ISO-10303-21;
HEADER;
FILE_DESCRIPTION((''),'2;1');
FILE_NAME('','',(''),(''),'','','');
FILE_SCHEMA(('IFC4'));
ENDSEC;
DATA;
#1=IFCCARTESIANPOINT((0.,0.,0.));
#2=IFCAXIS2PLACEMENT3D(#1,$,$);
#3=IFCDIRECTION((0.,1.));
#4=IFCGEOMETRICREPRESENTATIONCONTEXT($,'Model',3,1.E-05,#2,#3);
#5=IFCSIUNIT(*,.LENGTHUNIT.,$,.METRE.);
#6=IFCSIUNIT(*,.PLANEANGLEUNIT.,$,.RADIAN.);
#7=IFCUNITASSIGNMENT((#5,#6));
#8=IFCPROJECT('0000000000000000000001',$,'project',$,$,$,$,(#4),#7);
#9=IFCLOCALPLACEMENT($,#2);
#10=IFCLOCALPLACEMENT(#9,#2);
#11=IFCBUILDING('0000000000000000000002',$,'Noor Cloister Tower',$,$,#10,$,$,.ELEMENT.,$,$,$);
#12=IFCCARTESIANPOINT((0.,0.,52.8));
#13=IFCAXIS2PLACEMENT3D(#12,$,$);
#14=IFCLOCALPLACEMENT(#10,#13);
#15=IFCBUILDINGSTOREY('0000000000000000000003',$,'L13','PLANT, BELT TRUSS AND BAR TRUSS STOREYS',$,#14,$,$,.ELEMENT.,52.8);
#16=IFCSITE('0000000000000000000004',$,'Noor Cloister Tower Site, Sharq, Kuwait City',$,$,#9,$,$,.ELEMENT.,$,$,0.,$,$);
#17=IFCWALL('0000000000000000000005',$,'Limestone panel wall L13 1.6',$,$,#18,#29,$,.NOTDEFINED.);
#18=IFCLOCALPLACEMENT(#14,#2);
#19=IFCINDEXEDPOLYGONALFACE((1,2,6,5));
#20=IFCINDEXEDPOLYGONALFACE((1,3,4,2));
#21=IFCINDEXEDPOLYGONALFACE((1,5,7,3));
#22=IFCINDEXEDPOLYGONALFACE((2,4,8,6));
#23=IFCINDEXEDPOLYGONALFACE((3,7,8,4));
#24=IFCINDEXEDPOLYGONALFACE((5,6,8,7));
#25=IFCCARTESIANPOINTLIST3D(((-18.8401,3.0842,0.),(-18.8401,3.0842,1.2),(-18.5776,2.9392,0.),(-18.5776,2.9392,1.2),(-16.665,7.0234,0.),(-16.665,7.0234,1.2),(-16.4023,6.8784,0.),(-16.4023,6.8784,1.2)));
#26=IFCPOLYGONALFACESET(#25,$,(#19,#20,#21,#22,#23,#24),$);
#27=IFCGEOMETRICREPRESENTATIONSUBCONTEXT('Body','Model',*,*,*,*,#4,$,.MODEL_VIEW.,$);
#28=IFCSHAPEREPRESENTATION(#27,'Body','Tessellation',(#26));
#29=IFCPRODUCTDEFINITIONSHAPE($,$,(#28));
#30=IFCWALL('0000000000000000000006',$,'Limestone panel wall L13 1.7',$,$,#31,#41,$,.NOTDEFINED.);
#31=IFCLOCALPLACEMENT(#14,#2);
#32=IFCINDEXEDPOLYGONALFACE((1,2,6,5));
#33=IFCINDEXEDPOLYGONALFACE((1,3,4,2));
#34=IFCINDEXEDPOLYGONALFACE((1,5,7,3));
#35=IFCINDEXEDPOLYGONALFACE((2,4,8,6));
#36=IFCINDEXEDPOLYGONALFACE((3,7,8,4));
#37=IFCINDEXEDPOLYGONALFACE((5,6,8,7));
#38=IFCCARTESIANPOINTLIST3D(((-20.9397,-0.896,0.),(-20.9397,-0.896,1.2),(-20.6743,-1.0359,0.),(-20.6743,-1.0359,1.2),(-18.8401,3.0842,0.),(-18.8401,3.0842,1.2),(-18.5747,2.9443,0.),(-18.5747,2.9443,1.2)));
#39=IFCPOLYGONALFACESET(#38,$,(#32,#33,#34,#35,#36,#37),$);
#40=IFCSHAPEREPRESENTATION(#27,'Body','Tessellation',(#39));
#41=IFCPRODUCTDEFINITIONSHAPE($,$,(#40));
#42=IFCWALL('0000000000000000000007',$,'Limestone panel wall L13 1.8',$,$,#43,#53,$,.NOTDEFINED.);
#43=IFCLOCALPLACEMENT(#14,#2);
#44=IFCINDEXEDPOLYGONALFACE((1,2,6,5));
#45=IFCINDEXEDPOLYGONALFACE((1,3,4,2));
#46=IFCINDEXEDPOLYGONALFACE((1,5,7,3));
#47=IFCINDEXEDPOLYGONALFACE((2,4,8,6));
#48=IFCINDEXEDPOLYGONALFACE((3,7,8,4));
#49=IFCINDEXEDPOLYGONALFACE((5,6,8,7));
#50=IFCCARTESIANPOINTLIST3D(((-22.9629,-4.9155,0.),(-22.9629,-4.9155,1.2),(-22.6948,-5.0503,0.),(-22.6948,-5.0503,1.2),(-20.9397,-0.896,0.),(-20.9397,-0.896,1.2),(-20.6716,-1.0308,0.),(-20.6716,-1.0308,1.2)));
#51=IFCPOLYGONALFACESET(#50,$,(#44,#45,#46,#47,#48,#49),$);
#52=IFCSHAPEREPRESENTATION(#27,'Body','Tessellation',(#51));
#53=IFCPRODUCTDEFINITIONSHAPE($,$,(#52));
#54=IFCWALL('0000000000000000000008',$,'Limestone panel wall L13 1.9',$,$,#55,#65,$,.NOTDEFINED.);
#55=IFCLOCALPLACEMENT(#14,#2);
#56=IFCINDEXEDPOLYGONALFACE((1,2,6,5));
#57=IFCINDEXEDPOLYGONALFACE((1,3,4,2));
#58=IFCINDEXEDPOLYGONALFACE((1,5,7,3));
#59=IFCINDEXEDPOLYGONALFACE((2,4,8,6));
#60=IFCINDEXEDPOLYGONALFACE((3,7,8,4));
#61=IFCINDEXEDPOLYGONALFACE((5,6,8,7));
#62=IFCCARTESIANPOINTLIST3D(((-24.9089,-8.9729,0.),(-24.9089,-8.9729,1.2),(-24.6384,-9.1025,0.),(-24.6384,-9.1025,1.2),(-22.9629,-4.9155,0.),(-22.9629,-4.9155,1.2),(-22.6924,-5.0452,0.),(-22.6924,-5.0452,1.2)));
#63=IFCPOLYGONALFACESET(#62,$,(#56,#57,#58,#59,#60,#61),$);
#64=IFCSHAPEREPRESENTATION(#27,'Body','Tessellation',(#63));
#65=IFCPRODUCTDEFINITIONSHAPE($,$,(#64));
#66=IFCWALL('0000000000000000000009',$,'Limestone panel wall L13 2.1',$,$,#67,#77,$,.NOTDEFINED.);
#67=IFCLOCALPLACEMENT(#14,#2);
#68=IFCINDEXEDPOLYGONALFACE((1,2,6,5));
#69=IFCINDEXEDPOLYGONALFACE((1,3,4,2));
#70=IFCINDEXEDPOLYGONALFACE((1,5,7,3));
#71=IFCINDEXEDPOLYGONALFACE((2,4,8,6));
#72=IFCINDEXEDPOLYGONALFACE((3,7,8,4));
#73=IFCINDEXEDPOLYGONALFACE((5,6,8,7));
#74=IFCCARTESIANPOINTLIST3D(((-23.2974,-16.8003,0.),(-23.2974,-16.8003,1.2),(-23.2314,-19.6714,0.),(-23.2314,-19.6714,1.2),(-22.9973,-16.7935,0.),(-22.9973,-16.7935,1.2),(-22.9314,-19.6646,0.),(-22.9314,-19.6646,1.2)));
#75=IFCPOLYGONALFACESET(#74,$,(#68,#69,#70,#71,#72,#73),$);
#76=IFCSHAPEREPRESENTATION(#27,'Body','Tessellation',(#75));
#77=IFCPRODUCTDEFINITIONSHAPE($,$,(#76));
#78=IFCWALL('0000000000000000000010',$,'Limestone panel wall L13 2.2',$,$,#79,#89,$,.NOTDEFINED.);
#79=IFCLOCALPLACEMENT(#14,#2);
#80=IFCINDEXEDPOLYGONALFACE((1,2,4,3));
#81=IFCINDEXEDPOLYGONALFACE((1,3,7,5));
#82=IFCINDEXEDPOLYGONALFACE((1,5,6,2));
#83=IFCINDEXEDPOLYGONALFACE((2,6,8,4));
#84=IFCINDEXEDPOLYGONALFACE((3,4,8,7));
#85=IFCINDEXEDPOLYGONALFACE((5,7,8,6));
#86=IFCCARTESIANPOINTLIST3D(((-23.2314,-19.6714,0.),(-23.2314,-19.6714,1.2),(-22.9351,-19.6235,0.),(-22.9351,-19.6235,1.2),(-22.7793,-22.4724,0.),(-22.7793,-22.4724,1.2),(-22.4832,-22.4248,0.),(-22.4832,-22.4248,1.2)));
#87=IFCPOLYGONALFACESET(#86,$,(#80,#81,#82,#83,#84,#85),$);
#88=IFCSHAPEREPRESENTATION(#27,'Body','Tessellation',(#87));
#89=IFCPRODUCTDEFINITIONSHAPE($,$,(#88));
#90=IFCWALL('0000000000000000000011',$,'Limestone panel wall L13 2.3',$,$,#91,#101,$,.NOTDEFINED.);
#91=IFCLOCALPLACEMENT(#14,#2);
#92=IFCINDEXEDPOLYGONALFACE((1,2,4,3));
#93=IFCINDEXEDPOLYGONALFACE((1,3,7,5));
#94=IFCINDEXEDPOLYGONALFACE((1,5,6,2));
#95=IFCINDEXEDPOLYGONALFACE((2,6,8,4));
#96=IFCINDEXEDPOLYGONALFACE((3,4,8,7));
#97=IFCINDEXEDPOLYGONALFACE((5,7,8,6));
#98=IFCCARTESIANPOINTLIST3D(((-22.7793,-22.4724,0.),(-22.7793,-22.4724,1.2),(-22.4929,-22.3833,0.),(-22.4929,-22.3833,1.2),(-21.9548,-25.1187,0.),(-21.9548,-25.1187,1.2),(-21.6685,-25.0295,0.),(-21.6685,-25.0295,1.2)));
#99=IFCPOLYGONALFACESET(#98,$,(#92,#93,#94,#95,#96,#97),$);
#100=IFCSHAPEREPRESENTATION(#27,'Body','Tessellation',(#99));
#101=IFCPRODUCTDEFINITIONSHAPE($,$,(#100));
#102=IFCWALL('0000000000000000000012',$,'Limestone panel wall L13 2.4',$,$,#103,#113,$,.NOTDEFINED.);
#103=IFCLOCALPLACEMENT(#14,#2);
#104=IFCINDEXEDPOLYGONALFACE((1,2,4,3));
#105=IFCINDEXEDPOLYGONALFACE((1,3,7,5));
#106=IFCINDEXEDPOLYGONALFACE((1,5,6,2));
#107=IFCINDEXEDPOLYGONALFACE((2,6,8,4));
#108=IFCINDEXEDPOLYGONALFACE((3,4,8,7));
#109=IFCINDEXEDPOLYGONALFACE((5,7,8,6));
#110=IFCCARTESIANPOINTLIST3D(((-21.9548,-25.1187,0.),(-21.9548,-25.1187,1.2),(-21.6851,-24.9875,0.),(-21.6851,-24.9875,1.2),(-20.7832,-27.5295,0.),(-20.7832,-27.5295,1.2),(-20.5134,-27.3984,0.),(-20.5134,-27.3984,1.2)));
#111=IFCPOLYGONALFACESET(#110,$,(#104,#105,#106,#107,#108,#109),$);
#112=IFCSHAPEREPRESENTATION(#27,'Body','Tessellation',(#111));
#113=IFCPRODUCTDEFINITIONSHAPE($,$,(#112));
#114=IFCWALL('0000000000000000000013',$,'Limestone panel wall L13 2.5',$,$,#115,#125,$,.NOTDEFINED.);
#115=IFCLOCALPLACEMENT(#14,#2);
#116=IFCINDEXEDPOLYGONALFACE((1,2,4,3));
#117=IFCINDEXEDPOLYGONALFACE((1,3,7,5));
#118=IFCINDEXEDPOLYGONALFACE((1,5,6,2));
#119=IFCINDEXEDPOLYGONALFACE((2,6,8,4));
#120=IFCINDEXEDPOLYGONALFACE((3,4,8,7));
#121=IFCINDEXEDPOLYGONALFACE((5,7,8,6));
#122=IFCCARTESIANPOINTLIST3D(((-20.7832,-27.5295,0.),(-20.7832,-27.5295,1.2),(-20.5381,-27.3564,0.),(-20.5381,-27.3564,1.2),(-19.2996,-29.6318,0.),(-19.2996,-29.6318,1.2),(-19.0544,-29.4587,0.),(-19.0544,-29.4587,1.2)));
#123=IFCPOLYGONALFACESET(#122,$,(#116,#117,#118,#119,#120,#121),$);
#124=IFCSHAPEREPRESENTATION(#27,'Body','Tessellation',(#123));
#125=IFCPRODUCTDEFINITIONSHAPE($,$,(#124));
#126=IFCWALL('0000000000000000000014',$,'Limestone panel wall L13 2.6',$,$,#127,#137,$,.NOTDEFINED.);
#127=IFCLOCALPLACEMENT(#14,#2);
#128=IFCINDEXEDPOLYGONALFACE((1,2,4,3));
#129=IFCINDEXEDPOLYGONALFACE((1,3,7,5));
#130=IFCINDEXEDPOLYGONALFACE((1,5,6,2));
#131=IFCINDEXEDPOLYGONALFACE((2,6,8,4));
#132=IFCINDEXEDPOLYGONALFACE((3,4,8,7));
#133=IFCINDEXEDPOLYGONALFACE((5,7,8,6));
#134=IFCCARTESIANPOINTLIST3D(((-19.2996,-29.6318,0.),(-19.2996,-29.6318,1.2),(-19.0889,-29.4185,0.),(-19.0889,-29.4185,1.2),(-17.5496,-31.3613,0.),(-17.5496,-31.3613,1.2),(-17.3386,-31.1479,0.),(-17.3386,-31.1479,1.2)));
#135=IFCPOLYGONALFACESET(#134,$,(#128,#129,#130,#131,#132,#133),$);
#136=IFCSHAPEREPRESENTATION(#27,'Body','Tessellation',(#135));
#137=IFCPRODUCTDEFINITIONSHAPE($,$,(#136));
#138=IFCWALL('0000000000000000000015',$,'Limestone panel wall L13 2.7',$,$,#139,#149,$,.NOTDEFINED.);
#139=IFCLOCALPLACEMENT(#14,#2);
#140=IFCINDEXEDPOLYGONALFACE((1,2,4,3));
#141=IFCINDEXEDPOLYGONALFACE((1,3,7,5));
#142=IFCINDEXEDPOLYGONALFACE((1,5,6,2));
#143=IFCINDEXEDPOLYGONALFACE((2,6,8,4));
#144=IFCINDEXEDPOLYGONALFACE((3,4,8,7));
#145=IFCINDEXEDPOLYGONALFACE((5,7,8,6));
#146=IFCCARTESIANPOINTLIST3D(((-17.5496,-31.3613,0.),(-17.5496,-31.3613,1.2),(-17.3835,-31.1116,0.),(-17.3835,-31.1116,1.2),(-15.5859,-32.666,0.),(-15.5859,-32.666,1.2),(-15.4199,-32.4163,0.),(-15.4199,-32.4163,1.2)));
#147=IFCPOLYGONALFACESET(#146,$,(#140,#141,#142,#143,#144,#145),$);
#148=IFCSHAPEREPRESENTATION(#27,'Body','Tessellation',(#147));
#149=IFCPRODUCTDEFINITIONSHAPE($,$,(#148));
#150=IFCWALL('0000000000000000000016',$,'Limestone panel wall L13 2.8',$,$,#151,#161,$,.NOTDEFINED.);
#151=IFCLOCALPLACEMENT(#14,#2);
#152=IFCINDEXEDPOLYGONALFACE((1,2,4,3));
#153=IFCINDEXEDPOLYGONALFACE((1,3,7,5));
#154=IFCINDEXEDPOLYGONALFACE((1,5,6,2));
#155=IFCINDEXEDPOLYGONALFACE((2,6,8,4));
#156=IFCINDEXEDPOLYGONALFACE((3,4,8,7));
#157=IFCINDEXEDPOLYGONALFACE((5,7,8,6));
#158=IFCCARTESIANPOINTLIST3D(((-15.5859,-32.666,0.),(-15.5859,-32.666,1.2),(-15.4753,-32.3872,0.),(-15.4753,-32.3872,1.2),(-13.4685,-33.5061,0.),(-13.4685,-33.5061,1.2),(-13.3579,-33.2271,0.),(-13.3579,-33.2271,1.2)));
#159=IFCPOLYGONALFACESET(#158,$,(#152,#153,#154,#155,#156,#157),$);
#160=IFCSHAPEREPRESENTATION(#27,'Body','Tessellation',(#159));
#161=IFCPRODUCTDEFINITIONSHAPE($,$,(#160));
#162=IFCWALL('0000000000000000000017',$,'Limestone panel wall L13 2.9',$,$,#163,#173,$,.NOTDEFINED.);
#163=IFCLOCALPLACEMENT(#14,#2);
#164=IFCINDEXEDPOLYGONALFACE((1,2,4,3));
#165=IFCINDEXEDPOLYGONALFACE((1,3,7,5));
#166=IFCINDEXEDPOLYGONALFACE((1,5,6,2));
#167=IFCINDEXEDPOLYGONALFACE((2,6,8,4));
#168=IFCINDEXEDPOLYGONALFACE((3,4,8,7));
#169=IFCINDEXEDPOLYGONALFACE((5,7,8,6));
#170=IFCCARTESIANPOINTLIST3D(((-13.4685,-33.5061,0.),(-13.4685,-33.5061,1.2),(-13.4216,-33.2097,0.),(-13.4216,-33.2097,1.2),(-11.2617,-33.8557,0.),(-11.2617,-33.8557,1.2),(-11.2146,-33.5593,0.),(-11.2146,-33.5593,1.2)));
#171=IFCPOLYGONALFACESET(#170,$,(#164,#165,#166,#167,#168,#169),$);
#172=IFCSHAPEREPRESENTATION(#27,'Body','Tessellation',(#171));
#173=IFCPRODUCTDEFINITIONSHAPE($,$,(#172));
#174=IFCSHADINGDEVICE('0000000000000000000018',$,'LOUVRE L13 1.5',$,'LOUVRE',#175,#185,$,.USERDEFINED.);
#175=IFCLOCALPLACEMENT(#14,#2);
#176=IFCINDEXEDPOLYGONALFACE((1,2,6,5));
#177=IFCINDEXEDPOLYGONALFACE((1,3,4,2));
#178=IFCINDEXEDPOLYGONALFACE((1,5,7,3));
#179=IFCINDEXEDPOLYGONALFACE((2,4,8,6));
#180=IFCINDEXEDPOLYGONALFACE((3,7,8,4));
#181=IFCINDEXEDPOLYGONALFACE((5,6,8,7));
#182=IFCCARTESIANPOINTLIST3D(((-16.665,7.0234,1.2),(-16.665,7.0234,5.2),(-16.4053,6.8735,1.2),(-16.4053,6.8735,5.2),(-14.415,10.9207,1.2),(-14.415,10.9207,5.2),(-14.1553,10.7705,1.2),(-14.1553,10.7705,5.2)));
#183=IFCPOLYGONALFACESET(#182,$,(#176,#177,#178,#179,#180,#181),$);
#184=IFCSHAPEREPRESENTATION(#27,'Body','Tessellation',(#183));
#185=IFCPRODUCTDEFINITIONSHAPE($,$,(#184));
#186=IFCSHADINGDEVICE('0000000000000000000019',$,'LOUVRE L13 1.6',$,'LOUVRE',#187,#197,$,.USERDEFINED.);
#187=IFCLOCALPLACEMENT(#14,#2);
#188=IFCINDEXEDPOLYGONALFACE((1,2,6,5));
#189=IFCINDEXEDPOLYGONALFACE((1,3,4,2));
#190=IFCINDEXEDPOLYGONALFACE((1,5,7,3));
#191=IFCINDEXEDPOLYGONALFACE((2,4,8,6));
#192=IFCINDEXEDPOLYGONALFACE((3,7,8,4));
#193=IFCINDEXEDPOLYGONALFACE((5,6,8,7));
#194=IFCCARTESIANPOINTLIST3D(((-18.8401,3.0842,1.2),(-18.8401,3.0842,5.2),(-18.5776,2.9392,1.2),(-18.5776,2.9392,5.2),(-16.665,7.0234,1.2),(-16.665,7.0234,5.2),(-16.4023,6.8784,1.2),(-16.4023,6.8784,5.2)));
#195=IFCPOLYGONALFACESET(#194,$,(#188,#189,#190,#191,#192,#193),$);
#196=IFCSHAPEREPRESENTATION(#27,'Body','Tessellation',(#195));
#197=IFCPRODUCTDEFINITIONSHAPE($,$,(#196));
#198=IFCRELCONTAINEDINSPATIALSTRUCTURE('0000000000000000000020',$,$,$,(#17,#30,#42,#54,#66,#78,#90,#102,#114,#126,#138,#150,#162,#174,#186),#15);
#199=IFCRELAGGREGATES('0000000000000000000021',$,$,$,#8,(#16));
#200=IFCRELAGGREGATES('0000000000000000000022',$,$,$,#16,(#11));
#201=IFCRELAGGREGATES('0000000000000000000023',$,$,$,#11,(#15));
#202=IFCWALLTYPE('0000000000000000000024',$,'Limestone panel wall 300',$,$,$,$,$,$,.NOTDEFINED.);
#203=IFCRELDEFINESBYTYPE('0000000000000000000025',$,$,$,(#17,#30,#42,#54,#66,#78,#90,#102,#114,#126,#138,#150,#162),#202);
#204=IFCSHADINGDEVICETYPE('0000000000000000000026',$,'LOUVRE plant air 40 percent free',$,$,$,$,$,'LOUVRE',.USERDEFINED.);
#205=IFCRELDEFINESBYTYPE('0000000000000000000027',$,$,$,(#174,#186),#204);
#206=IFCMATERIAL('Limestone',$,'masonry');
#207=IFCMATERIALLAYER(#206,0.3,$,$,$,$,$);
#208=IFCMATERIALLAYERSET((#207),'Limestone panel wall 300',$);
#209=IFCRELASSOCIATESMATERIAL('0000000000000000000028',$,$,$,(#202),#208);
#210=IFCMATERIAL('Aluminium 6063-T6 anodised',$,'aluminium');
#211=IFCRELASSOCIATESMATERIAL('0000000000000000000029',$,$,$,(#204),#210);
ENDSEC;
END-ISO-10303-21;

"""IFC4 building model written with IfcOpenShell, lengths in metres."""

from ifc_helpers import new_model, si_unit, direction, frame, origin, place, context, subcontext, project, spatial, polyline, outline, extrude, material, layer, layer_set, type_object, element, save


model = new_model("IFC4")

# Units and contexts
model_context = context("Model", 3, precision=1e-05, world=origin(), true_north=direction((0.0, 1.0)))
body_context = subcontext(model_context, "Body", "Model", "MODEL_VIEW")
ifc_project = project(units=[si_unit("LENGTHUNIT", "METRE"), si_unit("PLANEANGLEUNIT", "RADIAN")], contexts=[model_context])

# Site, building, storey
site_placement = place(None, origin())
site = spatial("IfcSite", under=ifc_project, at=site_placement, Name="Noor Cloister Tower Site, Sharq, Kuwait City", CompositionType="ELEMENT", RefElevation=0.0)
building_placement = place(site_placement, origin())
building = spatial("IfcBuilding", under=site, at=building_placement, Name="Noor Cloister Tower", CompositionType="ELEMENT")
storey_placement = place(building_placement, frame((0.0, 0.0, 52.8)))
storey = spatial("IfcBuildingStorey", under=building, at=storey_placement, Name="L13", Description="PLANT, BELT TRUSS AND BAR TRUSS STOREYS", CompositionType="ELEMENT", Elevation=52.8)

# Walls
ifc_material_1 = material(Name="Limestone", Category="masonry")
ifc_layer = layer(ifc_material_1, 0.3)
ifc_layer_set = layer_set([ifc_layer], Name="Limestone panel wall 300")
wall_type = type_object("IfcWallType", Name="Limestone panel wall 300", PredefinedType="NOTDEFINED", material=ifc_layer_set)
wall_1_placement = place(storey_placement, origin())
element("IfcWall", 1, at=wall_1_placement, inside=storey, type_object=wall_type, Name="Limestone panel wall L13 1.6", PredefinedType="NOTDEFINED", context=body_context, shape_type="SweptSolid", body=[
    extrude(outline(polyline([(-16.665, 7.0234), (-18.8401, 3.0842), (-18.5776, 2.9392), (-16.4023, 6.8784), (-16.665, 7.0234)])), origin(), (0.0, 0.0, 1.0), 1.2),
])
wall_2_placement = place(storey_placement, origin())
element("IfcWall", 2, at=wall_2_placement, inside=storey, type_object=wall_type, Name="Limestone panel wall L13 1.7", PredefinedType="NOTDEFINED", context=body_context, shape_type="SweptSolid", body=[
    extrude(outline(polyline([(-18.8401, 3.0842), (-20.9397, -0.896), (-20.6743, -1.0359), (-18.5747, 2.9443), (-18.8401, 3.0842)])), origin(), (0.0, 0.0, 1.0), 1.2),
])
wall_3_placement = place(storey_placement, origin())
element("IfcWall", 3, at=wall_3_placement, inside=storey, type_object=wall_type, Name="Limestone panel wall L13 1.8", PredefinedType="NOTDEFINED", context=body_context, shape_type="SweptSolid", body=[
    extrude(outline(polyline([(-20.9397, -0.896), (-22.9629, -4.9155), (-22.6948, -5.0503), (-20.6716, -1.0308), (-20.9397, -0.896)])), origin(), (0.0, 0.0, 1.0), 1.2),
])
wall_4_placement = place(storey_placement, origin())
element("IfcWall", 4, at=wall_4_placement, inside=storey, type_object=wall_type, Name="Limestone panel wall L13 1.9", PredefinedType="NOTDEFINED", context=body_context, shape_type="SweptSolid", body=[
    extrude(outline(polyline([(-22.9629, -4.9155), (-24.9089, -8.9729), (-24.6384, -9.1025), (-22.6924, -5.0452), (-22.9629, -4.9155)])), origin(), (0.0, 0.0, 1.0), 1.2),
])
wall_5_placement = place(storey_placement, origin())
element("IfcWall", 5, at=wall_5_placement, inside=storey, type_object=wall_type, Name="Limestone panel wall L13 2.1", PredefinedType="NOTDEFINED", context=body_context, shape_type="SweptSolid", body=[
    extrude(outline(polyline([(-23.2974, -16.8003), (-23.2314, -19.6714), (-22.9314, -19.6646), (-22.9973, -16.7935), (-23.2974, -16.8003)])), origin(), (0.0, 0.0, 1.0), 1.2),
])
wall_6_placement = place(storey_placement, origin())
element("IfcWall", 6, at=wall_6_placement, inside=storey, type_object=wall_type, Name="Limestone panel wall L13 2.2", PredefinedType="NOTDEFINED", context=body_context, shape_type="SweptSolid", body=[
    extrude(outline(polyline([(-23.2314, -19.6714), (-22.7793, -22.4724), (-22.4832, -22.4248), (-22.9351, -19.6235), (-23.2314, -19.6714)])), origin(), (0.0, 0.0, 1.0), 1.2),
])
wall_7_placement = place(storey_placement, origin())
element("IfcWall", 7, at=wall_7_placement, inside=storey, type_object=wall_type, Name="Limestone panel wall L13 2.3", PredefinedType="NOTDEFINED", context=body_context, shape_type="SweptSolid", body=[
    extrude(outline(polyline([(-22.7793, -22.4724), (-21.9548, -25.1187), (-21.6685, -25.0295), (-22.4929, -22.3833), (-22.7793, -22.4724)])), origin(), (0.0, 0.0, 1.0), 1.2),
])
wall_8_placement = place(storey_placement, origin())
element("IfcWall", 8, at=wall_8_placement, inside=storey, type_object=wall_type, Name="Limestone panel wall L13 2.4", PredefinedType="NOTDEFINED", context=body_context, shape_type="SweptSolid", body=[
    extrude(outline(polyline([(-21.9548, -25.1187), (-20.7832, -27.5295), (-20.5134, -27.3984), (-21.6851, -24.9875), (-21.9548, -25.1187)])), origin(), (0.0, 0.0, 1.0), 1.2),
])
wall_9_placement = place(storey_placement, origin())
element("IfcWall", 9, at=wall_9_placement, inside=storey, type_object=wall_type, Name="Limestone panel wall L13 2.5", PredefinedType="NOTDEFINED", context=body_context, shape_type="SweptSolid", body=[
    extrude(outline(polyline([(-20.7832, -27.5295), (-19.2996, -29.6318), (-19.0544, -29.4587), (-20.5381, -27.3564), (-20.7832, -27.5295)])), origin(), (0.0, 0.0, 1.0), 1.2),
])
wall_10_placement = place(storey_placement, origin())
element("IfcWall", 10, at=wall_10_placement, inside=storey, type_object=wall_type, Name="Limestone panel wall L13 2.6", PredefinedType="NOTDEFINED", context=body_context, shape_type="SweptSolid", body=[
    extrude(outline(polyline([(-19.2996, -29.6318), (-17.5496, -31.3613), (-17.3386, -31.1479), (-19.0889, -29.4185), (-19.2996, -29.6318)])), origin(), (0.0, 0.0, 1.0), 1.2),
])
wall_11_placement = place(storey_placement, origin())
element("IfcWall", 11, at=wall_11_placement, inside=storey, type_object=wall_type, Name="Limestone panel wall L13 2.7", PredefinedType="NOTDEFINED", context=body_context, shape_type="SweptSolid", body=[
    extrude(outline(polyline([(-17.5496, -31.3613), (-15.5859, -32.666), (-15.4199, -32.4163), (-17.3835, -31.1116), (-17.5496, -31.3613)])), origin(), (0.0, 0.0, 1.0), 1.2),
])
wall_12_placement = place(storey_placement, origin())
element("IfcWall", 12, at=wall_12_placement, inside=storey, type_object=wall_type, Name="Limestone panel wall L13 2.8", PredefinedType="NOTDEFINED", context=body_context, shape_type="SweptSolid", body=[
    extrude(outline(polyline([(-15.5859, -32.666), (-13.4685, -33.5061), (-13.3579, -33.2271), (-15.4753, -32.3872), (-15.5859, -32.666)])), origin(), (0.0, 0.0, 1.0), 1.2),
])
wall_13_placement = place(storey_placement, origin())
element("IfcWall", 13, at=wall_13_placement, inside=storey, type_object=wall_type, Name="Limestone panel wall L13 2.9", PredefinedType="NOTDEFINED", context=body_context, shape_type="SweptSolid", body=[
    extrude(outline(polyline([(-13.4685, -33.5061), (-11.2617, -33.8557), (-11.2146, -33.5593), (-13.4216, -33.2097), (-13.4685, -33.5061)])), origin(), (0.0, 0.0, 1.0), 1.2),
])

# Shading devices
ifc_material_2 = material(Name="Aluminium 6063-T6 anodised", Category="aluminium")
shading_device_type = type_object("IfcShadingDeviceType", Name="LOUVRE plant air 40 percent free", ElementType="LOUVRE", PredefinedType="USERDEFINED", material=ifc_material_2)
shading_device_1_placement = place(storey_placement, frame((0.0, 0.0, 1.2)))
element("IfcShadingDevice", 14, at=shading_device_1_placement, inside=storey, type_object=shading_device_type, Name="LOUVRE L13 1.5", ObjectType="LOUVRE", PredefinedType="USERDEFINED", context=body_context, shape_type="SweptSolid", body=[
    extrude(outline(polyline([(-14.415, 10.9207), (-16.665, 7.0234), (-16.4053, 6.8735), (-14.1553, 10.7705), (-14.415, 10.9207)])), origin(), (0.0, 0.0, 1.0), 4.0),
])
shading_device_2_placement = place(storey_placement, frame((0.0, 0.0, 1.2)))
element("IfcShadingDevice", 15, at=shading_device_2_placement, inside=storey, type_object=shading_device_type, Name="LOUVRE L13 1.6", ObjectType="LOUVRE", PredefinedType="USERDEFINED", context=body_context, shape_type="SweptSolid", body=[
    extrude(outline(polyline([(-16.665, 7.0234), (-18.8401, 3.0842), (-18.5776, 2.9392), (-16.4023, 6.8784), (-16.665, 7.0234)])), origin(), (0.0, 0.0, 1.0), 4.0),
])

save(model, "model.ifc")
